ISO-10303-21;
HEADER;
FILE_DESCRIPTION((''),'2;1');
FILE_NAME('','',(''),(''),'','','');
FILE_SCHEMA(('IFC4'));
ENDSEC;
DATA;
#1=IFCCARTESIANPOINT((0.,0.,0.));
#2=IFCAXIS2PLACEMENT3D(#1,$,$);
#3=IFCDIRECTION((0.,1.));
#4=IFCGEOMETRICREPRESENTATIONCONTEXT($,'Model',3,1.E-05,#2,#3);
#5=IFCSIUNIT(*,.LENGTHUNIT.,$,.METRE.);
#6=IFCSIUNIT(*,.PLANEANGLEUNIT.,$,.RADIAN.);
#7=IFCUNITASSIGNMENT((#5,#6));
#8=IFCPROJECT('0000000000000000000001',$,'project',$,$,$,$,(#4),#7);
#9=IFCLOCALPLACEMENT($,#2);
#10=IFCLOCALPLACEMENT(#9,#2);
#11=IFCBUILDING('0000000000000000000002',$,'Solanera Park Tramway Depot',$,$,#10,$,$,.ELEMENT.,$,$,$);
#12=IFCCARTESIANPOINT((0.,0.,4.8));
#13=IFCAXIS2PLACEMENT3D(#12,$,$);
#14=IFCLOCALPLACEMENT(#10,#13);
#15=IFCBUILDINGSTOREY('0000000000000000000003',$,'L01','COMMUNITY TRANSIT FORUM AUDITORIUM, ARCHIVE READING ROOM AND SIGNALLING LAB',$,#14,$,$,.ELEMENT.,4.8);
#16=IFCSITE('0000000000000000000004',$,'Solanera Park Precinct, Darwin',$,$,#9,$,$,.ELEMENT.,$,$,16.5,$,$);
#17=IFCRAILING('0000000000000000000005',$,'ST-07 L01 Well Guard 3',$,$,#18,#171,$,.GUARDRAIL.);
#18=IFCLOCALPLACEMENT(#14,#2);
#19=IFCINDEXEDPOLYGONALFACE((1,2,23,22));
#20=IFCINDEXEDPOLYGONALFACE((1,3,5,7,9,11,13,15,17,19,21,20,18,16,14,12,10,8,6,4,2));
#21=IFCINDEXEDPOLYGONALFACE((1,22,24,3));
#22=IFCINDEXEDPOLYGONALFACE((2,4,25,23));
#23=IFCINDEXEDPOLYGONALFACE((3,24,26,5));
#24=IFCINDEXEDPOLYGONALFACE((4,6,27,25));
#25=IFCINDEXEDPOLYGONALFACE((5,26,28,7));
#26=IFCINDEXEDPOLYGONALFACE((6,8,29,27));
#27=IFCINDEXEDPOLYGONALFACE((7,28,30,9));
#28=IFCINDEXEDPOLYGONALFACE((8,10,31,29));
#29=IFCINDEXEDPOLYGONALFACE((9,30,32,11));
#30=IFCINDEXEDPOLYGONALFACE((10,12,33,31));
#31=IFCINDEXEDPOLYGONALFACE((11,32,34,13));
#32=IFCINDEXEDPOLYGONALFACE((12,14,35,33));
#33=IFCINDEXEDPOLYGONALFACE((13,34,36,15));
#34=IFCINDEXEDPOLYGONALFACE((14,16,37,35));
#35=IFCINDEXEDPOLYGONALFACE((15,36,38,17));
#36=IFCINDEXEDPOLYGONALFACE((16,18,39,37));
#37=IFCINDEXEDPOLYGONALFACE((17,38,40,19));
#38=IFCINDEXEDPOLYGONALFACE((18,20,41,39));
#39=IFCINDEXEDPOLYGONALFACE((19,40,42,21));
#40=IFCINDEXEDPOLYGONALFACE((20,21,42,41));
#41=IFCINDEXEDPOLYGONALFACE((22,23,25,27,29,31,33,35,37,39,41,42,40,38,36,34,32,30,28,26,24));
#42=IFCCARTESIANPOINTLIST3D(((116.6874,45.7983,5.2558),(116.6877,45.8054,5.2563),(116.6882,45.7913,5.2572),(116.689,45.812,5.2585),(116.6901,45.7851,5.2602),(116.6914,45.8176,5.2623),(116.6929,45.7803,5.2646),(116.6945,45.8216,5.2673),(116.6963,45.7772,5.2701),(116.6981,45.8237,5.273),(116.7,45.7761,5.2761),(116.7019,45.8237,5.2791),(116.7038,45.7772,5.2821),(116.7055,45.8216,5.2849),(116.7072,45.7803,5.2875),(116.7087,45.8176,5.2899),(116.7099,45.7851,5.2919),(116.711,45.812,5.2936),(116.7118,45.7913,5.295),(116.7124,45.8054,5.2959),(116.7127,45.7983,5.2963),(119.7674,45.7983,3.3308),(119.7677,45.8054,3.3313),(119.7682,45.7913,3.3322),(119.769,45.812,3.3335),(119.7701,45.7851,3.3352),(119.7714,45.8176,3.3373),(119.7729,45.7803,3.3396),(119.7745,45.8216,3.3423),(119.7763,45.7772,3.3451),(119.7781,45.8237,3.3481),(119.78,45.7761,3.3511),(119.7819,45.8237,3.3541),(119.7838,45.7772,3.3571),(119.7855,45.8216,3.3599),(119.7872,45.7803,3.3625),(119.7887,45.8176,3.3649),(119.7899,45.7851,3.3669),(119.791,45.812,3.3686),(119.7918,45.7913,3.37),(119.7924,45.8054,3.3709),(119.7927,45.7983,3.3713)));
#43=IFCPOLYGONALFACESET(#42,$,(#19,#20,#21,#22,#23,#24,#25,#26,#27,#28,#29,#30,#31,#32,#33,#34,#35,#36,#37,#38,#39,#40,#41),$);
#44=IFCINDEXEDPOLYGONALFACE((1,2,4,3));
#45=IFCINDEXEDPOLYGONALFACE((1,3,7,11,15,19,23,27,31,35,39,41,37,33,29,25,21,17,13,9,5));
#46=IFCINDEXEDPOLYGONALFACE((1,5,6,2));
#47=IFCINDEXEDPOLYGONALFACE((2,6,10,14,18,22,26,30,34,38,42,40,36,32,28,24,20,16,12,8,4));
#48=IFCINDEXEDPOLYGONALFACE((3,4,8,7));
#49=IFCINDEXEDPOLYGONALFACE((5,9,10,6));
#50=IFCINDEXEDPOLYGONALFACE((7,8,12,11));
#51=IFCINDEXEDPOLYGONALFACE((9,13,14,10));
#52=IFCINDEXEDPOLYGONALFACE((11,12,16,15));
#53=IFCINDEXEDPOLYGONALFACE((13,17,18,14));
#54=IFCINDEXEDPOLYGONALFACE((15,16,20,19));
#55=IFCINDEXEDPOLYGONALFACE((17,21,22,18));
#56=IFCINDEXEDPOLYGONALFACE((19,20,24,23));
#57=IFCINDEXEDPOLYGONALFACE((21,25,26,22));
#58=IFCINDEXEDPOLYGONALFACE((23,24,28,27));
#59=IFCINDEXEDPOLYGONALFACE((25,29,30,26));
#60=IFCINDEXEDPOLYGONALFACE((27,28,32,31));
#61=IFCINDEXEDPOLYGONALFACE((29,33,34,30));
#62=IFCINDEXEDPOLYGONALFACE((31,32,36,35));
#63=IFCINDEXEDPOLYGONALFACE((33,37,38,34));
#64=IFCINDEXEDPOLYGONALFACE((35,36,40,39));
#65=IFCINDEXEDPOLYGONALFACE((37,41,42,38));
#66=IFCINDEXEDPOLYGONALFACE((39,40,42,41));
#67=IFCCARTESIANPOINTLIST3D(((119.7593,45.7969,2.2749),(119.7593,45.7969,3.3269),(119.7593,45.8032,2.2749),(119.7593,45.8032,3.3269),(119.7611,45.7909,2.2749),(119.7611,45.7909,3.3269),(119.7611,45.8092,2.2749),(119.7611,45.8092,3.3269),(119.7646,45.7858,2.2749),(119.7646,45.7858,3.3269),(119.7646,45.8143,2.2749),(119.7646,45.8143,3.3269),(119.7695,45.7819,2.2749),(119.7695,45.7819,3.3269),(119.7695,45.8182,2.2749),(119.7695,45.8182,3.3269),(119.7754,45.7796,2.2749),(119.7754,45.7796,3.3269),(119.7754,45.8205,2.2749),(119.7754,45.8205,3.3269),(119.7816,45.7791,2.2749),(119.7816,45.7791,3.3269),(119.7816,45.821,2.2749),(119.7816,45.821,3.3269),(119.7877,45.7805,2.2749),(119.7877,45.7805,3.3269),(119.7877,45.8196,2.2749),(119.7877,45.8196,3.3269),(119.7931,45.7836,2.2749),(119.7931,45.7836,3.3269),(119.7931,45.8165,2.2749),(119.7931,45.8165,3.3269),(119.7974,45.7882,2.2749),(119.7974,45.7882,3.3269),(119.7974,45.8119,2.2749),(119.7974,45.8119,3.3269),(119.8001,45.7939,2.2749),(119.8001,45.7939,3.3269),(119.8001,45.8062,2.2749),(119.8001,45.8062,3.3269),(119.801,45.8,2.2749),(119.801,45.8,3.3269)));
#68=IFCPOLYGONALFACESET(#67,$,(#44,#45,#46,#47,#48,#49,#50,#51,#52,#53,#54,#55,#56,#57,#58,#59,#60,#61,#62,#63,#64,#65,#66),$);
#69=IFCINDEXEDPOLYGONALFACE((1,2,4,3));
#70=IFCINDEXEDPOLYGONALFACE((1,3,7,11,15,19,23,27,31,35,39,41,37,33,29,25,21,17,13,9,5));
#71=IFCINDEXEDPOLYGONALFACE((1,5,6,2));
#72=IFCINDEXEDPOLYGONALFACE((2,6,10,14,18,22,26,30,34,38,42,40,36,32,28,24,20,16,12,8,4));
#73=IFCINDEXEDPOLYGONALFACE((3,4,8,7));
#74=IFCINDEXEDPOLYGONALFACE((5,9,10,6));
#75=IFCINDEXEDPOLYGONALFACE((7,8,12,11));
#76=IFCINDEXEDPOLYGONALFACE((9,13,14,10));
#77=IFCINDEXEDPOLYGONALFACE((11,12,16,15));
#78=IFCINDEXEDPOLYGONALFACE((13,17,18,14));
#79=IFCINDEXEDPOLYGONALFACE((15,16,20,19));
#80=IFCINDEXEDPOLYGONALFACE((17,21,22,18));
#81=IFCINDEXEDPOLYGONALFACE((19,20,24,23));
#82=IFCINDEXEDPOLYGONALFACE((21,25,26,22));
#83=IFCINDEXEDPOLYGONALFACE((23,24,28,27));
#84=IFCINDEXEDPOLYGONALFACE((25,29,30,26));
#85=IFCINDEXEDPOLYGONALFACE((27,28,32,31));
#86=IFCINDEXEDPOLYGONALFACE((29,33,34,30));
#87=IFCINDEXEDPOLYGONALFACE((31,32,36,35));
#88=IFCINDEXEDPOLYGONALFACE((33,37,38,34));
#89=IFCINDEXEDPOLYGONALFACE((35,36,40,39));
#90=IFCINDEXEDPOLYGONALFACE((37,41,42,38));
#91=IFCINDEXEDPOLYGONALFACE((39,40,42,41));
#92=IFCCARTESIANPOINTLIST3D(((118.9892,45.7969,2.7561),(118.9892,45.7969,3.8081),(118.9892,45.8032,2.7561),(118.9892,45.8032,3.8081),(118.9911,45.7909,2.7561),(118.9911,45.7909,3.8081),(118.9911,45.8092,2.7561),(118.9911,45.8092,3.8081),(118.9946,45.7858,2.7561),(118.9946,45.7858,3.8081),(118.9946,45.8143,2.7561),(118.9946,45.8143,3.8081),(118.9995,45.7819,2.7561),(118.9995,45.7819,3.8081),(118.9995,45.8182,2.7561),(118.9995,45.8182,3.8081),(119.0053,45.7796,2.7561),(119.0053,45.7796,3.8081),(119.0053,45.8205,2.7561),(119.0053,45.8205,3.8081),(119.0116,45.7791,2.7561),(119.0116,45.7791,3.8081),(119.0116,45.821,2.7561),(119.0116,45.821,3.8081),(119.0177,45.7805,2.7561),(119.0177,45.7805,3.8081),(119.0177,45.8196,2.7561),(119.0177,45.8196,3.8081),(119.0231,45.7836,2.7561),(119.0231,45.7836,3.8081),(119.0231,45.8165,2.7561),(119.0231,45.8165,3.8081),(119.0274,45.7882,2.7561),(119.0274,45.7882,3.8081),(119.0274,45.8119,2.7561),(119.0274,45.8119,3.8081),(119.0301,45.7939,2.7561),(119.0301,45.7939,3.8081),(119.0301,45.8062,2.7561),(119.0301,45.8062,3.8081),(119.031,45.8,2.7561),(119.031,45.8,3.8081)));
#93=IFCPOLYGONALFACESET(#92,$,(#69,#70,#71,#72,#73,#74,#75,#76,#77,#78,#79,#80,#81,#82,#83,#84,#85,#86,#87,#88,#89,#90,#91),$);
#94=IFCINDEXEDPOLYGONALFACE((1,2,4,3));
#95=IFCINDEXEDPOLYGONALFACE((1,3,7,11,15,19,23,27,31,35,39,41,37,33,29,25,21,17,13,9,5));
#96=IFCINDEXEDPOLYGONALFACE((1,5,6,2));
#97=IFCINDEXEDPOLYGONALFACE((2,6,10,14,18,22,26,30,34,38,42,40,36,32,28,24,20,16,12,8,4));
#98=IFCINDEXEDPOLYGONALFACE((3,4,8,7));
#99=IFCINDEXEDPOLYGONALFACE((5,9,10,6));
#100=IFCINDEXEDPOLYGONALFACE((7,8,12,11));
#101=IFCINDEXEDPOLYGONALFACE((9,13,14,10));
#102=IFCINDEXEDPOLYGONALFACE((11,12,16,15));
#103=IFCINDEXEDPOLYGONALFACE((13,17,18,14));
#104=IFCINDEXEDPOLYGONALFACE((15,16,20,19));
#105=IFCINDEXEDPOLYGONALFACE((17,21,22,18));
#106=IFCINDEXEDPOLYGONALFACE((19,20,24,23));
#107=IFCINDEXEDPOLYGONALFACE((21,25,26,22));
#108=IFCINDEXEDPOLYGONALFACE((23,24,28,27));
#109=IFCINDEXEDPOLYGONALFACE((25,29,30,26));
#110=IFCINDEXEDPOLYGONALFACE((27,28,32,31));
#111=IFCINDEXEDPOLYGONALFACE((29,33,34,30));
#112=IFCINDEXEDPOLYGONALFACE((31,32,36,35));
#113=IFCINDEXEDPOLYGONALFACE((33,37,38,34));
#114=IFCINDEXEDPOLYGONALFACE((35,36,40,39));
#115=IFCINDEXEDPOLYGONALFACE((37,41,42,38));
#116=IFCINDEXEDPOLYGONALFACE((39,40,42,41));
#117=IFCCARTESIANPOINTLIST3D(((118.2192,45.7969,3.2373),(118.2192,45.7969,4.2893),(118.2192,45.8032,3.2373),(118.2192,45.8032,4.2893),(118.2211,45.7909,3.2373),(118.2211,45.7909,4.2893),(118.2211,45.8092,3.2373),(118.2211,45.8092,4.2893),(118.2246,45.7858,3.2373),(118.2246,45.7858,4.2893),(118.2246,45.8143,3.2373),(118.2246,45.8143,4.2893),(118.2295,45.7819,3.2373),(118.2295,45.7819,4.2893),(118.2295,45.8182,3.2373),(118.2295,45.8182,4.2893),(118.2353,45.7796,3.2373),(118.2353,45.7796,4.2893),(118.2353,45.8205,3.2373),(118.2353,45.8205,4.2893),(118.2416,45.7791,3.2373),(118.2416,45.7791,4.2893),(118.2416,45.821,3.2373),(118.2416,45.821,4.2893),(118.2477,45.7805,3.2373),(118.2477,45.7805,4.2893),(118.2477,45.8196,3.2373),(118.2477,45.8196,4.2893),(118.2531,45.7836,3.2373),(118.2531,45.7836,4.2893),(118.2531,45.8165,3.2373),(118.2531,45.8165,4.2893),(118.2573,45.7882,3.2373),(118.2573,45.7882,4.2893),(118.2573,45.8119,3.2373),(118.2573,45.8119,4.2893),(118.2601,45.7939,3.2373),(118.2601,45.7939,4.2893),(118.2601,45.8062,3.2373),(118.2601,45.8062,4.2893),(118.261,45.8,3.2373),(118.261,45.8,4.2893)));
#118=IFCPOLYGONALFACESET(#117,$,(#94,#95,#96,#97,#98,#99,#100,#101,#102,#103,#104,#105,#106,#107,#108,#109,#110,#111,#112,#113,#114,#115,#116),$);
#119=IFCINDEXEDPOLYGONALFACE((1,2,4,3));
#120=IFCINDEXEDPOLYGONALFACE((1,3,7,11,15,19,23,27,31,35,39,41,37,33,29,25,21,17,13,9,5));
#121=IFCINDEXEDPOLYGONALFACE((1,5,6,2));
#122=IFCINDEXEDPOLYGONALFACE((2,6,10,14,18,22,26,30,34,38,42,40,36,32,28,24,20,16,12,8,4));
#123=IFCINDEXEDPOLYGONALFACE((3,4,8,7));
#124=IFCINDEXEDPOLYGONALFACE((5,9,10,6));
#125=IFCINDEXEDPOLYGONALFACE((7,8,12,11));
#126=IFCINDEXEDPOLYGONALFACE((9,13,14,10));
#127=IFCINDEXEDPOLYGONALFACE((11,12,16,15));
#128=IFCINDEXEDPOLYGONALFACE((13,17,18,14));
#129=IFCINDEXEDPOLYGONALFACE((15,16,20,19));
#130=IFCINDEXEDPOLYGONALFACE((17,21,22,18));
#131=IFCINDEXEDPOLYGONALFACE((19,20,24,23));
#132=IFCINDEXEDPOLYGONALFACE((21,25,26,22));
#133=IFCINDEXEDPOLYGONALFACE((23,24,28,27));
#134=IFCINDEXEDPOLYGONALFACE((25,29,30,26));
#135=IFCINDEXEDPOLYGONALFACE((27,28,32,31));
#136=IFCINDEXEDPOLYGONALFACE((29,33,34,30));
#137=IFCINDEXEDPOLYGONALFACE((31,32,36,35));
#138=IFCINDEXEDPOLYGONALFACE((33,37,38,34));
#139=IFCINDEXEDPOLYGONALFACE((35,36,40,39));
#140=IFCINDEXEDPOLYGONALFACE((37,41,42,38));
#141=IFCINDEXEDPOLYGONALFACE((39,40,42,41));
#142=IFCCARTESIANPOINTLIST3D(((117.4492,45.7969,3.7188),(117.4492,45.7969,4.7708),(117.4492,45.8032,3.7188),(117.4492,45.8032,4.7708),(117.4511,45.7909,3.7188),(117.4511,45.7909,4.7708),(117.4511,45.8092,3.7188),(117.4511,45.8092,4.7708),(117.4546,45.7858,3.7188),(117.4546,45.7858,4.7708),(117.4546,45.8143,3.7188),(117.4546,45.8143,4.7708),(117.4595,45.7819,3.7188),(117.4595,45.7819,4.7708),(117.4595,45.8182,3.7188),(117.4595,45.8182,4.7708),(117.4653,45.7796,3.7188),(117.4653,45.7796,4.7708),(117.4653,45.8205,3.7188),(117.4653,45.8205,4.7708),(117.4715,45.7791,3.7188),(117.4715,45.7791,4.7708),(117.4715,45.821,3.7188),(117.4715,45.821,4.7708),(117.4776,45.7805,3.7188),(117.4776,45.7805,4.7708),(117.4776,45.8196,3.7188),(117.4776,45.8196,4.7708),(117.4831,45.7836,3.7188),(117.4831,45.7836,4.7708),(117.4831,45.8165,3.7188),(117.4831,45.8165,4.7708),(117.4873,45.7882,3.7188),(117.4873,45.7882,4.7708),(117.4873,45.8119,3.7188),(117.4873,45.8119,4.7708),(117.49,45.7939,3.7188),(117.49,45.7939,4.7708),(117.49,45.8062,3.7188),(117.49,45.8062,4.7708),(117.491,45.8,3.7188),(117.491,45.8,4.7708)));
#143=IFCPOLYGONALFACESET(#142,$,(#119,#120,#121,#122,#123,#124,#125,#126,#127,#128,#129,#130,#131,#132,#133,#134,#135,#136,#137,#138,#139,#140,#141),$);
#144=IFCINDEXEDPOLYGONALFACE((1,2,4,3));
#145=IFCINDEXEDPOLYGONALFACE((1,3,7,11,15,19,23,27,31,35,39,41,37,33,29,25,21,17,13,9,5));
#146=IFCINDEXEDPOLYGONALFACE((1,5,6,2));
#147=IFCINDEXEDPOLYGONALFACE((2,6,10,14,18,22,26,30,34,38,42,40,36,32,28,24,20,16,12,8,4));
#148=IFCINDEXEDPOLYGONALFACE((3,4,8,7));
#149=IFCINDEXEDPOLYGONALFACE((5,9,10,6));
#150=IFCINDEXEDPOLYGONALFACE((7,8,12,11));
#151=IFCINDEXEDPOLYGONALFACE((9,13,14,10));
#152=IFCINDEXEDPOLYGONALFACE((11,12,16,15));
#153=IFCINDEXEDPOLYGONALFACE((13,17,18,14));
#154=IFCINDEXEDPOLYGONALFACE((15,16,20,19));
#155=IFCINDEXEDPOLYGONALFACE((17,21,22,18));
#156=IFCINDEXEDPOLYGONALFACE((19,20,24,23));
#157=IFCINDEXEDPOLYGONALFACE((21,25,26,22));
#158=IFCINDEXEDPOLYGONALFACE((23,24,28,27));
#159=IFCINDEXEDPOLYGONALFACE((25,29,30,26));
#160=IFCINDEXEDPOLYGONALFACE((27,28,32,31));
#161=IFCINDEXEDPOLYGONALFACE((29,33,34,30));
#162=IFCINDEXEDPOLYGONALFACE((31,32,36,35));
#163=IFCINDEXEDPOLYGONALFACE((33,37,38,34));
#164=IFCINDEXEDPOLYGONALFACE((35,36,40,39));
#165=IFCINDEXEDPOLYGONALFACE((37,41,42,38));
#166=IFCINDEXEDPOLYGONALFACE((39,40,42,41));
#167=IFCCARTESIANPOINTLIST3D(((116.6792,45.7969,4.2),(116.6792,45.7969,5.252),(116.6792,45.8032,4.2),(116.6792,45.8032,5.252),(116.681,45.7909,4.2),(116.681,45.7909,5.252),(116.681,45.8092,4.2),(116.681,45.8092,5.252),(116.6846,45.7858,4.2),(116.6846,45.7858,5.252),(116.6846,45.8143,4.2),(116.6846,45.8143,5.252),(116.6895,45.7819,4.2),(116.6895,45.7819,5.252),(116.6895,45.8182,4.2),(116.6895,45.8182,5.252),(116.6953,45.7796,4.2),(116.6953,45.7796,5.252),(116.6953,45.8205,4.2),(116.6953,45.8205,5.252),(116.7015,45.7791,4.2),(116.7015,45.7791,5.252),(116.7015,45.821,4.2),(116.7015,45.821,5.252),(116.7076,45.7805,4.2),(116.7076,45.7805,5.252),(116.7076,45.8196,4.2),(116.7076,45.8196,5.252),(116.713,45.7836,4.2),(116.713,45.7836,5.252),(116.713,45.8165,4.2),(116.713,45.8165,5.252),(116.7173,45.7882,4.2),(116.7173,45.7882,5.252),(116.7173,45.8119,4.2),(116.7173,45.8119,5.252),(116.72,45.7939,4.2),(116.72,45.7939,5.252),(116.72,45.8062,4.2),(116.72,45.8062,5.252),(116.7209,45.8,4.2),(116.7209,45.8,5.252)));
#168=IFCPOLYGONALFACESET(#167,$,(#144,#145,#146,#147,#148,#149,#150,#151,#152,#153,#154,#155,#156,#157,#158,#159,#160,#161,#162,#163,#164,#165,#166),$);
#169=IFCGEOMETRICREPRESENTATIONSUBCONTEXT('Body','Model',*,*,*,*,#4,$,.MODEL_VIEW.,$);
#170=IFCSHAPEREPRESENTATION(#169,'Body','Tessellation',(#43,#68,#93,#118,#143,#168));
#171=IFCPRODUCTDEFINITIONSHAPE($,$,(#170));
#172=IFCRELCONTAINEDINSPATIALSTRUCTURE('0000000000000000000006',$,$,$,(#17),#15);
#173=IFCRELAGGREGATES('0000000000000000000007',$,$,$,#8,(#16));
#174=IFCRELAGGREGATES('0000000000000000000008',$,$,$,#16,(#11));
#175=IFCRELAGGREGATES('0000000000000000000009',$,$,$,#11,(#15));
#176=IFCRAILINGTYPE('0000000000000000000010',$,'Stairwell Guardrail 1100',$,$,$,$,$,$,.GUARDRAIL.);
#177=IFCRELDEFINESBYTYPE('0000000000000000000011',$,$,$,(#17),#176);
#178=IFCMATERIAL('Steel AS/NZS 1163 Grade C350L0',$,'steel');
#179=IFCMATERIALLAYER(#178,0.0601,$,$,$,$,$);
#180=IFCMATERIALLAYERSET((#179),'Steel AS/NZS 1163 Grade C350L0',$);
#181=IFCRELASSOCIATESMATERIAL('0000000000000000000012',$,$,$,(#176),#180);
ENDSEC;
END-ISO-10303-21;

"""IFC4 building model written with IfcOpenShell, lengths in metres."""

from ifc_helpers import new_model, si_unit, direction, frame, origin, origin_2d, place, context, subcontext, project, spatial, circle, extrude, material, layer, layer_set, type_object, element, save


model = new_model("IFC4")

# Units and contexts
model_context = context("Model", 3, precision=1e-05, world=origin(), true_north=direction((0.0, 1.0)))
body_context = subcontext(model_context, "Body", "Model", "MODEL_VIEW")
ifc_project = project(units=[si_unit("LENGTHUNIT", "METRE"), si_unit("PLANEANGLEUNIT", "RADIAN")], contexts=[model_context])

# Site, building, storey
site_placement = place(None, origin())
site = spatial("IfcSite", under=ifc_project, at=site_placement, Name="Solanera Park Precinct, Darwin", CompositionType="ELEMENT", RefElevation=16.5)
building_placement = place(site_placement, origin())
building = spatial("IfcBuilding", under=site, at=building_placement, Name="Solanera Park Tramway Depot", CompositionType="ELEMENT")
storey_placement = place(building_placement, frame((0.0, 0.0, 4.8)))
storey = spatial("IfcBuildingStorey", under=building, at=storey_placement, Name="L01", Description="COMMUNITY TRANSIT FORUM AUDITORIUM, ARCHIVE READING ROOM AND SIGNALLING LAB", CompositionType="ELEMENT", Elevation=4.8)

# Railing
ifc_material_1 = material(Name="Steel AS/NZS 1163 Grade C350L0", Category="steel")
ifc_layer_1 = layer(ifc_material_1, 0.0601)
ifc_layer_set_1 = layer_set([ifc_layer_1], Name="Steel AS/NZS 1163 Grade C350L0")
railing_type_1 = type_object("IfcRailingType", Name="Stairwell Guardrail 1100", PredefinedType="GUARDRAIL", material=ifc_layer_set_1)
railing_1_placement = place(storey_placement, frame((119.78, 45.8, 2.2749)))
element("IfcRailing", 1, at=railing_1_placement, inside=storey, type_object=railing_type_1, Name="ST-07 L01 Well Guard 3", PredefinedType="GUARDRAIL", context=body_context, shape_type="SweptSolid", body=[
    extrude(circle(Radius=0.0239, at=origin_2d()), frame((0.0, 0.0, 1.0762), z_axis=(-0.847998, 0.0, 0.529999), x_axis=(0.0, -1.0, 0.0)), (0.0, 0.0, 1.0), 3.6321),
    extrude(circle(Radius=0.021, at=origin_2d()), origin(), (0.0, 0.0, 1.0), 1.052),
    extrude(circle(Radius=0.021, at=origin_2d()), frame((-0.77, 0.0, 0.4812)), (0.0, 0.0, 1.0), 1.052),
    extrude(circle(Radius=0.021, at=origin_2d()), frame((-1.54, 0.0, 0.9624)), (0.0, 0.0, 1.0), 1.052),
    extrude(circle(Radius=0.021, at=origin_2d()), frame((-2.3101, 0.0, 1.4438)), (0.0, 0.0, 1.0), 1.052),
    extrude(circle(Radius=0.021, at=origin_2d()), frame((-3.0801, 0.0, 1.925)), (0.0, 0.0, 1.0), 1.052),
])

save(model, "model.ifc")
